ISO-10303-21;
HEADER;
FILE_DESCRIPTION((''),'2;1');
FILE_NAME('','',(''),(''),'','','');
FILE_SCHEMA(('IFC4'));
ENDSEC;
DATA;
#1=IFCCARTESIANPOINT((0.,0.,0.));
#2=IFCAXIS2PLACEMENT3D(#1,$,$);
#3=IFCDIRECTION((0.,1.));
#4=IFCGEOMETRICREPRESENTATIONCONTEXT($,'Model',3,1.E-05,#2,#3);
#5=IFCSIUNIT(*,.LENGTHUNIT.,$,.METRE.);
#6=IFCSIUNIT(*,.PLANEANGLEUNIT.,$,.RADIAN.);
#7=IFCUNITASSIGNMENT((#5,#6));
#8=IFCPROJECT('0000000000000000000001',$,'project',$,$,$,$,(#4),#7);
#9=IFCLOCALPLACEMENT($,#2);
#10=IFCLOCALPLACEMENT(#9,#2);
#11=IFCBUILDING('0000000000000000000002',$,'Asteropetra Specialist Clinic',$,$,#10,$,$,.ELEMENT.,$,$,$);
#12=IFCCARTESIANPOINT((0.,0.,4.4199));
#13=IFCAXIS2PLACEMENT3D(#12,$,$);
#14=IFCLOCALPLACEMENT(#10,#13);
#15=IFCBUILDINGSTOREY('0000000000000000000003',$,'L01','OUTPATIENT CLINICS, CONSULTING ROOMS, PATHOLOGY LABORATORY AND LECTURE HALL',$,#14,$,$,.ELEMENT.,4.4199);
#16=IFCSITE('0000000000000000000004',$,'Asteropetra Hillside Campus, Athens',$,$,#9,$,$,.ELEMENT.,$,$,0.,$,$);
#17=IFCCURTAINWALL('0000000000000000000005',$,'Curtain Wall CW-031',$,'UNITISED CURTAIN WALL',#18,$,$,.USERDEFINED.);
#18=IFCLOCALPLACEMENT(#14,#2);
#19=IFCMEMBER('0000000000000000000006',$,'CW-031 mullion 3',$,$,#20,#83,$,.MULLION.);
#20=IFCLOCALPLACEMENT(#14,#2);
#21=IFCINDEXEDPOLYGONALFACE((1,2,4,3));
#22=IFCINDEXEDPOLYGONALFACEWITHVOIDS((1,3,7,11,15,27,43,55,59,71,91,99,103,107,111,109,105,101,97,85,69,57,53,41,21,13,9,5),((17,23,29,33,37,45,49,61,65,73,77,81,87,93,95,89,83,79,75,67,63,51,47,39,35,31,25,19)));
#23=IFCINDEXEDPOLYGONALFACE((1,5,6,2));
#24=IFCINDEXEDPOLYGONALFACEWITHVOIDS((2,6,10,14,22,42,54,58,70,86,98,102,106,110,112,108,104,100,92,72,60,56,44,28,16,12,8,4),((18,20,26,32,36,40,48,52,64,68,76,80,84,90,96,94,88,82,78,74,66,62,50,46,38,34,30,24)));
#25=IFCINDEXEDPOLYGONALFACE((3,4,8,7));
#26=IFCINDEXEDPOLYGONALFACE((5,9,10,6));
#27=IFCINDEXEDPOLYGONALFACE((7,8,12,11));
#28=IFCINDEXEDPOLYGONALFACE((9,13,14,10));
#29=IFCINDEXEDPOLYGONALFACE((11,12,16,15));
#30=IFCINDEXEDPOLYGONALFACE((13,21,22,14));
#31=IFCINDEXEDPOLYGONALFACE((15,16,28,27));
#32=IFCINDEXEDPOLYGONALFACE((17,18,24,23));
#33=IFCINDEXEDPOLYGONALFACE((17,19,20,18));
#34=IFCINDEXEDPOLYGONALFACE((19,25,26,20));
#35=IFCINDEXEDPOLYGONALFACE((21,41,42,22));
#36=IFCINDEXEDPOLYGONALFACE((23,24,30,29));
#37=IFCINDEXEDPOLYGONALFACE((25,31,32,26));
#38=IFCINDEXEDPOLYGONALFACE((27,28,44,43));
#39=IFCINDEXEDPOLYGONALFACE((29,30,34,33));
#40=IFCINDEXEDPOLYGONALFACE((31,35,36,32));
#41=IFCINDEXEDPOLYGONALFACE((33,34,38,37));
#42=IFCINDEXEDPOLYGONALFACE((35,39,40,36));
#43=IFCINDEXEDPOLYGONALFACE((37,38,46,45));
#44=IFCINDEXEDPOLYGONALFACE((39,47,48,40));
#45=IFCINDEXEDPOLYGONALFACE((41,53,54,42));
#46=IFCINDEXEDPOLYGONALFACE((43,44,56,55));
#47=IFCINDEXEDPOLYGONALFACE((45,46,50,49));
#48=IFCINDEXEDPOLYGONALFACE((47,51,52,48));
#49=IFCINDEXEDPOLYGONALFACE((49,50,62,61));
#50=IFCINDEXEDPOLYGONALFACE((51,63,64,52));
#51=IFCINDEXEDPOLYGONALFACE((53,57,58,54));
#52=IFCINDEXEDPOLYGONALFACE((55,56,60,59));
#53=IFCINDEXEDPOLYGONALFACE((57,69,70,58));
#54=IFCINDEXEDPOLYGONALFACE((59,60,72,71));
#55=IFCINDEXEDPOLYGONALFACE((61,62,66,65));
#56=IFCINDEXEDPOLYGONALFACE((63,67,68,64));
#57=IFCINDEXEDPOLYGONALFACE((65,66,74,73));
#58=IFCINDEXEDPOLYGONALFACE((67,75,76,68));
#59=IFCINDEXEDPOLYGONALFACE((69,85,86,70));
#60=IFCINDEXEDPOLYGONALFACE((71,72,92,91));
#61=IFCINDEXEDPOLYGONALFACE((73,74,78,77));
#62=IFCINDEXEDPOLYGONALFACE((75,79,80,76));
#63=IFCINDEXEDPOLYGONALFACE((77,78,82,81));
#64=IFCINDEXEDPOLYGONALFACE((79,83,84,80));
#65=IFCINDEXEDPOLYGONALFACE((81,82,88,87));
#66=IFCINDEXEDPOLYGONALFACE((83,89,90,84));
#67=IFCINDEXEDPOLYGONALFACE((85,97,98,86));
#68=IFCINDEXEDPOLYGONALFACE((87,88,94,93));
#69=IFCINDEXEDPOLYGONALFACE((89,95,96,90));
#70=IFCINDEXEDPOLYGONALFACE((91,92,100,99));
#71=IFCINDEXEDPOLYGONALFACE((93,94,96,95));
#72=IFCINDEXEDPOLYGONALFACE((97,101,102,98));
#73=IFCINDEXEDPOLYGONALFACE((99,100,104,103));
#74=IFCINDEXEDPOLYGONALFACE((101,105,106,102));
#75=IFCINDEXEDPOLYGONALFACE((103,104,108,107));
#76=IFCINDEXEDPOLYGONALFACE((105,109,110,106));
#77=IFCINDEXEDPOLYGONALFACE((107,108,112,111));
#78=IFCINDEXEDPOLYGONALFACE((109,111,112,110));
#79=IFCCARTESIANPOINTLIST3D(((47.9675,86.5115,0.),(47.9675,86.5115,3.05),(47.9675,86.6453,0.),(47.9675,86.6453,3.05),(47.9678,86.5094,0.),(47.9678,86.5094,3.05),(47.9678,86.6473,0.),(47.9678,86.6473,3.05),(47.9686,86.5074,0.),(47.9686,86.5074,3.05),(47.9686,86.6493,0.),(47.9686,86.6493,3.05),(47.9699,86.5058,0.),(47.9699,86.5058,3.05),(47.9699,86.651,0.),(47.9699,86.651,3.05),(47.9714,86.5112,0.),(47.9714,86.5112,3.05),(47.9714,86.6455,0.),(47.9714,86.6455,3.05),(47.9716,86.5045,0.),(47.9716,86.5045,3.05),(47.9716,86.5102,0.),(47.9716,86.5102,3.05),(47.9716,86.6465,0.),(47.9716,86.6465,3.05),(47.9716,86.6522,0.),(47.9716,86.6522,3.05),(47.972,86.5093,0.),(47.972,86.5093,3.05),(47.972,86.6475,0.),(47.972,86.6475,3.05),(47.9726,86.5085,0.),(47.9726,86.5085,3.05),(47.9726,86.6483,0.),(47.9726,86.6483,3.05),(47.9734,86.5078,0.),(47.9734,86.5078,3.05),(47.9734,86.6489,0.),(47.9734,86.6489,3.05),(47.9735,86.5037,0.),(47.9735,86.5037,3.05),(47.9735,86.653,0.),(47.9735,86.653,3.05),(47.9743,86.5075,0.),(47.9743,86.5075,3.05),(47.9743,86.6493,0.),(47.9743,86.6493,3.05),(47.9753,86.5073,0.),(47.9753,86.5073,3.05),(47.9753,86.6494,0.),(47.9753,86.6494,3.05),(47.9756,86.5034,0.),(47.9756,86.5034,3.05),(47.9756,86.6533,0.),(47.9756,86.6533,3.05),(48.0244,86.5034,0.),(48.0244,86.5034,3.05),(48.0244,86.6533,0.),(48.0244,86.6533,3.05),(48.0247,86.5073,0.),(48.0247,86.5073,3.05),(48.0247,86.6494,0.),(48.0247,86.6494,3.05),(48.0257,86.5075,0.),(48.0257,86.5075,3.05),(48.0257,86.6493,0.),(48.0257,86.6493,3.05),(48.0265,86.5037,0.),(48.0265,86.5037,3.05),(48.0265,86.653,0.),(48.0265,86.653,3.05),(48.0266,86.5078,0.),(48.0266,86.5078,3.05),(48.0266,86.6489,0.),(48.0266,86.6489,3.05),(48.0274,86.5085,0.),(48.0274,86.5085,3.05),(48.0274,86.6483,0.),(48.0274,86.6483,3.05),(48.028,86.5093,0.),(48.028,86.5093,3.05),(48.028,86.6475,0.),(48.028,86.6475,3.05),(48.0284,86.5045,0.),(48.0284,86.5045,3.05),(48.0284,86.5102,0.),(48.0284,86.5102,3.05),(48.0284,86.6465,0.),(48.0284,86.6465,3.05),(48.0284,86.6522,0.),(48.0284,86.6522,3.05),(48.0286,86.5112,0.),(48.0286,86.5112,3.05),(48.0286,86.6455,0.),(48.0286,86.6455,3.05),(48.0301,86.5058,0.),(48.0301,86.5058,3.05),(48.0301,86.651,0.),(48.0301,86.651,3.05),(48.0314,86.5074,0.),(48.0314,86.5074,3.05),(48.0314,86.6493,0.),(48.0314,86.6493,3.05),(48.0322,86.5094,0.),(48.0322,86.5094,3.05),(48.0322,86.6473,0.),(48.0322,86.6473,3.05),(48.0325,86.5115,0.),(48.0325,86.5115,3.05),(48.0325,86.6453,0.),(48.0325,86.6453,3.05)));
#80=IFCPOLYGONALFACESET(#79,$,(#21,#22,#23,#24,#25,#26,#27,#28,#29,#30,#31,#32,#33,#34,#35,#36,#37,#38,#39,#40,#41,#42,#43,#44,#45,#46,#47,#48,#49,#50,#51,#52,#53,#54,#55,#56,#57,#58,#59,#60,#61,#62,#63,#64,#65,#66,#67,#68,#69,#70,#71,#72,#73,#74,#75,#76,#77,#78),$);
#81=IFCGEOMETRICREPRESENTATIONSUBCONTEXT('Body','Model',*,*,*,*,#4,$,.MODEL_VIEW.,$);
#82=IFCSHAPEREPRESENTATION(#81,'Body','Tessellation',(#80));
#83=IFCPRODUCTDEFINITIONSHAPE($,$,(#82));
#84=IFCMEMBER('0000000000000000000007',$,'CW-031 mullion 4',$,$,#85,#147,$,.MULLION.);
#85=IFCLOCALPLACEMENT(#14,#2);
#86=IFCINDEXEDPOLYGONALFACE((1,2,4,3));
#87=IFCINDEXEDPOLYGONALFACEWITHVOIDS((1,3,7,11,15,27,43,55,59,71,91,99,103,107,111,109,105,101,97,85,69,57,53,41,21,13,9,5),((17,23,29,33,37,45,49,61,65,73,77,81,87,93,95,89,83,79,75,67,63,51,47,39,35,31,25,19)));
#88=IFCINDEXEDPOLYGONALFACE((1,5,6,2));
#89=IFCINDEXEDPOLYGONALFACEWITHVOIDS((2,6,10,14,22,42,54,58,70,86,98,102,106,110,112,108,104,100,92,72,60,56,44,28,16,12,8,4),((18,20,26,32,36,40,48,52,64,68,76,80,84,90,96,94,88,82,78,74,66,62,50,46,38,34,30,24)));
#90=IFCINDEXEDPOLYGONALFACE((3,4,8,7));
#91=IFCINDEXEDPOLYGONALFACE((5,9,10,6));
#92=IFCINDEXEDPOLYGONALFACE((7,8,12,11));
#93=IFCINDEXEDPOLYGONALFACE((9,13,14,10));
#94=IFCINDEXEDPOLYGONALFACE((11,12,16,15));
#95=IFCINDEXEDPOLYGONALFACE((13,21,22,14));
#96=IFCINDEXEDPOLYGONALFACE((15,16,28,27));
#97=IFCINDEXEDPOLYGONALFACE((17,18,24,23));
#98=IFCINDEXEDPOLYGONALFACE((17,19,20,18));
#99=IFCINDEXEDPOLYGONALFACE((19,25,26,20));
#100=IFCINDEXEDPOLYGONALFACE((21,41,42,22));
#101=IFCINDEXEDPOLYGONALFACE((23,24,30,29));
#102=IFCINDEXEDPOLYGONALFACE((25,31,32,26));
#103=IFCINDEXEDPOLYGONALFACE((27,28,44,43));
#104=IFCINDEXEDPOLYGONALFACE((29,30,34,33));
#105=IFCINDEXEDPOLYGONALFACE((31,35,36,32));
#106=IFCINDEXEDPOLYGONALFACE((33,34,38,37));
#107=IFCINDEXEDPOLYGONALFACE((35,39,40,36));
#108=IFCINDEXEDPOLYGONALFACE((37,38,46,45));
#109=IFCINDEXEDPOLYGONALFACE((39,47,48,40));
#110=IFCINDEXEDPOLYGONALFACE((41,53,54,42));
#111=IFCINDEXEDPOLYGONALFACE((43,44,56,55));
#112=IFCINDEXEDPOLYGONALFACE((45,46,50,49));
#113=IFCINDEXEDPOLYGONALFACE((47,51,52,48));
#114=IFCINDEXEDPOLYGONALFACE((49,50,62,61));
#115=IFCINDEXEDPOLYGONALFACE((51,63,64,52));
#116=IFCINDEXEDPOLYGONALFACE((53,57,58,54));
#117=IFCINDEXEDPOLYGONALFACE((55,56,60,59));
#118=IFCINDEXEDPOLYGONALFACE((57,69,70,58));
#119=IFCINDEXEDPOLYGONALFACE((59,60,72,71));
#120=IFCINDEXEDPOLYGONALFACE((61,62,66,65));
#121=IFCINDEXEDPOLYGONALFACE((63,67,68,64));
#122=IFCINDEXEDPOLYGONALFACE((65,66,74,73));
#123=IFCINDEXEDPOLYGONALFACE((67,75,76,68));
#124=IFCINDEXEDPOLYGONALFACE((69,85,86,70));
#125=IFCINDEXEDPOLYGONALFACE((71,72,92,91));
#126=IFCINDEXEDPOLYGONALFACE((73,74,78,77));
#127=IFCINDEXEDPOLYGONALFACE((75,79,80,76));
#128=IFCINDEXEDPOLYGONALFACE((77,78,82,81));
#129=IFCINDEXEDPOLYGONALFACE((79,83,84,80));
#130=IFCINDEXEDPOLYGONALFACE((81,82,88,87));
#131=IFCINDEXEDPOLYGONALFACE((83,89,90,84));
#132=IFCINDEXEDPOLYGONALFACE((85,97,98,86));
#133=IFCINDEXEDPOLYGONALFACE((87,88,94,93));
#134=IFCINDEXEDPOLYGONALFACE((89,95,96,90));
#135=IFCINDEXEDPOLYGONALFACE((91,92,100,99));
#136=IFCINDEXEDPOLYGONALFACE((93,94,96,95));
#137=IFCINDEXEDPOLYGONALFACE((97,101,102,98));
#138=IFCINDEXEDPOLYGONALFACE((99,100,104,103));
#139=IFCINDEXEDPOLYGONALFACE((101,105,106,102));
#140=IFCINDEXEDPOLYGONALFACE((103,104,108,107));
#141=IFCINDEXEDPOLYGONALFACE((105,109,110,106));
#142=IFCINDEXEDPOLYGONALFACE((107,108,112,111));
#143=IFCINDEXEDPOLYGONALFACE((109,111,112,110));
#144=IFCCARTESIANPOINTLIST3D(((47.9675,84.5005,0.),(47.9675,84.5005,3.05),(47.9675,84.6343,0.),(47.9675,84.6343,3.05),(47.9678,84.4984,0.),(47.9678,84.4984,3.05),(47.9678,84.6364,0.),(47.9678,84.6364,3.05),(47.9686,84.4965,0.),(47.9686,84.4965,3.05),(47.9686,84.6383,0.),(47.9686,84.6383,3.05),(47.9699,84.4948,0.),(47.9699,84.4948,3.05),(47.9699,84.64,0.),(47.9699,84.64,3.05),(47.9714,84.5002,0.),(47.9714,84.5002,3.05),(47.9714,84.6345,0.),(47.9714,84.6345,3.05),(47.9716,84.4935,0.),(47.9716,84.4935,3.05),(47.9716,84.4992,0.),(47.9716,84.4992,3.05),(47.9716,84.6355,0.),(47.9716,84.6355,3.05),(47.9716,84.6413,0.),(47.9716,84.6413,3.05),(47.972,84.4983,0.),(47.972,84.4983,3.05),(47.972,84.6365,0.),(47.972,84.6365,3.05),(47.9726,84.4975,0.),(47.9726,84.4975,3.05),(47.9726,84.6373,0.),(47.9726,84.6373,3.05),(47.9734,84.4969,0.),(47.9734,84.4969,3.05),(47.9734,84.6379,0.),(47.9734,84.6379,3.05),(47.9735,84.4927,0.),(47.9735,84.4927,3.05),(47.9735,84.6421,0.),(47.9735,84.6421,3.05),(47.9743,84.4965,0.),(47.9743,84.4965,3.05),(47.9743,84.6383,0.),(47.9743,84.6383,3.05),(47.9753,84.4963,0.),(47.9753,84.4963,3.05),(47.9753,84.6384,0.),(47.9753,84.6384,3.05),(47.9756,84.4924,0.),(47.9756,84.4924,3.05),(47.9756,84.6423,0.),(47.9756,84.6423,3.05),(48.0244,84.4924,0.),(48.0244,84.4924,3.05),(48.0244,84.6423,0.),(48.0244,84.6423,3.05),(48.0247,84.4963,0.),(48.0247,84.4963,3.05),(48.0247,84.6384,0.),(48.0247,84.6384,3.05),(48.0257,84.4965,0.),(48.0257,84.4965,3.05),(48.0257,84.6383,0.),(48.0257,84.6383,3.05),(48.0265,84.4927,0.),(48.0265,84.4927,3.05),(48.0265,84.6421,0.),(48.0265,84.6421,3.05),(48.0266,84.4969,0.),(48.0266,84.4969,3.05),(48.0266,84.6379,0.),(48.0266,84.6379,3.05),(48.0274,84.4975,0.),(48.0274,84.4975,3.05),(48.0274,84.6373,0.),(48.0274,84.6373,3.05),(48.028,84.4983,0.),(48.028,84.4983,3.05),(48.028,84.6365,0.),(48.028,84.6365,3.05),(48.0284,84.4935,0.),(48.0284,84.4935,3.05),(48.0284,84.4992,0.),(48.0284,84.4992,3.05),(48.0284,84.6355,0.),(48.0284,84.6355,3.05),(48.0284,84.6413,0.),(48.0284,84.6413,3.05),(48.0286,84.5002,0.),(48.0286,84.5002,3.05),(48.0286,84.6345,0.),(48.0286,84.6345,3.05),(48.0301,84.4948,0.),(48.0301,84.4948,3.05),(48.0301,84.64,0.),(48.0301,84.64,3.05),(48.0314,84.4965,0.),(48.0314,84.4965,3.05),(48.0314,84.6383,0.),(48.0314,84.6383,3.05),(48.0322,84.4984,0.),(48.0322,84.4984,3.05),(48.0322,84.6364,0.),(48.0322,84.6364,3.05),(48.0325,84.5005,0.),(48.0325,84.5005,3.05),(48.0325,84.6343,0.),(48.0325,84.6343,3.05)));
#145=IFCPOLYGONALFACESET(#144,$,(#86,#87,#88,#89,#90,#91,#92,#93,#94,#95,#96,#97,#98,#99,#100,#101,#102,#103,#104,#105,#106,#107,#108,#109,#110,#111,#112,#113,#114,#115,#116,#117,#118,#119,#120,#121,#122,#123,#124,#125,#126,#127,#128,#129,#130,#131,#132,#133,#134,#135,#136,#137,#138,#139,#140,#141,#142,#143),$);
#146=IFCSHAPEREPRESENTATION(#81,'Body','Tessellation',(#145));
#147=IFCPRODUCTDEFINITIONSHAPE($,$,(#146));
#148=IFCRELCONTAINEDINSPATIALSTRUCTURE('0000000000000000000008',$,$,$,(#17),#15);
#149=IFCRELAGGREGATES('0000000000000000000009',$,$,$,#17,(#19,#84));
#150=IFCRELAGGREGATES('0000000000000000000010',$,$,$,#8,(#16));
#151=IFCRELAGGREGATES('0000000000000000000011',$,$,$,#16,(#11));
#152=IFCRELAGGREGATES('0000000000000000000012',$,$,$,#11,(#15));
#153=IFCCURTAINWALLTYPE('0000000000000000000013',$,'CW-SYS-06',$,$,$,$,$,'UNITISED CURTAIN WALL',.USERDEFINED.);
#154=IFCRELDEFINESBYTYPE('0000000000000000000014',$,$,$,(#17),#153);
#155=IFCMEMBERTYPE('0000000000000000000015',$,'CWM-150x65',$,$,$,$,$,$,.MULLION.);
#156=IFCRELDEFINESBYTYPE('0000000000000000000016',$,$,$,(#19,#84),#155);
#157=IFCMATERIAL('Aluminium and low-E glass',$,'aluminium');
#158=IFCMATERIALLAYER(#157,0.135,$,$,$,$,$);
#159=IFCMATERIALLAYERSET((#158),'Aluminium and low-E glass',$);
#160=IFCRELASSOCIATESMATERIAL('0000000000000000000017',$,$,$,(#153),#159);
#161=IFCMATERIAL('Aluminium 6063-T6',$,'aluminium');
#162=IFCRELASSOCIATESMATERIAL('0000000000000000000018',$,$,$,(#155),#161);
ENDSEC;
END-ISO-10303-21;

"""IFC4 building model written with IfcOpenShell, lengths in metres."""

from ifc_helpers import new_model, si_unit, direction, frame, origin, origin_2d, place, context, subcontext, project, spatial, hollow_rectangle, extrude, material, layer, layer_set, material_profile, profile_set, type_object, element, aggregate, save


model = new_model("IFC4")

# Units and contexts
model_context = context("Model", 3, precision=1e-05, world=origin(), true_north=direction((0.0, 1.0)))
body_context = subcontext(model_context, "Body", "Model", "MODEL_VIEW")
ifc_project = project(units=[si_unit("LENGTHUNIT", "METRE"), si_unit("PLANEANGLEUNIT", "RADIAN")], contexts=[model_context])

# Site, building, storey
site_placement = place(None, origin())
site = spatial("IfcSite", under=ifc_project, at=site_placement, Name="Asteropetra Hillside Campus, Athens", CompositionType="ELEMENT", RefElevation=0.0)
building_placement = place(site_placement, origin())
building = spatial("IfcBuilding", under=site, at=building_placement, Name="Asteropetra Specialist Clinic", CompositionType="ELEMENT")
storey_placement = place(building_placement, frame((0.0, 0.0, 4.4199)))
storey = spatial("IfcBuildingStorey", under=building, at=storey_placement, Name="L01", Description="OUTPATIENT CLINICS, CONSULTING ROOMS, PATHOLOGY LABORATORY AND LECTURE HALL", CompositionType="ELEMENT", Elevation=4.4199)

# Curtain wall, members
ifc_material_1 = material(Name="Aluminium and low-E glass", Category="aluminium")
ifc_layer_1 = layer(ifc_material_1, 0.135)
ifc_layer_set_1 = layer_set([ifc_layer_1], Name="Aluminium and low-E glass")
curtain_wall_type_1 = type_object("IfcCurtainWallType", Name="CW-SYS-06", ElementType="UNITISED CURTAIN WALL", PredefinedType="USERDEFINED", material=ifc_layer_set_1)
curtain_wall_1_placement = place(storey_placement, origin())
curtain_wall_1 = element("IfcCurtainWall", 1, at=curtain_wall_1_placement, inside=storey, type_object=curtain_wall_type_1, Name="Curtain Wall CW-031", ObjectType="UNITISED CURTAIN WALL", PredefinedType="USERDEFINED")
ifc_material_2 = material(Name="Aluminium 6063-T6", Category="aluminium")
ifc_material_profile_1 = material_profile(ifc_material_2, hollow_rectangle(XDim=0.0649, YDim=0.1499, WallThickness=0.0039, InnerFilletRadius=0.0039, OuterFilletRadius=0.0081, at=origin_2d()), Name="MUL 150x65x4.0")
ifc_profile_set_1 = profile_set([ifc_material_profile_1], Name="Aluminium 6063-T6")
member_type_1 = type_object("IfcMemberType", Name="CWM-150x65", PredefinedType="MULLION", material=ifc_profile_set_1)
member_1_placement = place(storey_placement, frame((48.0, 86.5784, 0.0), z_axis=(0.0, 0.0, 1.0), x_axis=(1.0, 0.0, 0.0)))
member_1 = element("IfcMember", 2, at=member_1_placement, type_object=member_type_1, Name="CW-031 mullion 3", PredefinedType="MULLION", context=body_context, shape_type="SweptSolid", body=[
    extrude(hollow_rectangle(XDim=0.0649, YDim=0.1499, WallThickness=0.0039, InnerFilletRadius=0.0039, OuterFilletRadius=0.0081, at=origin_2d()), origin(), (0.0, 0.0, 1.0), 3.05),
])
member_2_placement = place(storey_placement, frame((48.0, 84.5674, 0.0), z_axis=(0.0, 0.0, 1.0), x_axis=(1.0, 0.0, 0.0)))
member_2 = element("IfcMember", 3, at=member_2_placement, type_object=member_type_1, Name="CW-031 mullion 4", PredefinedType="MULLION", context=body_context, shape_type="SweptSolid", body=[
    extrude(hollow_rectangle(XDim=0.0649, YDim=0.1499, WallThickness=0.0039, InnerFilletRadius=0.0039, OuterFilletRadius=0.0081, at=origin_2d()), origin(), (0.0, 0.0, 1.0), 3.05),
])

aggregate(curtain_wall_1, [member_1, member_2])

save(model, "model.ifc")
